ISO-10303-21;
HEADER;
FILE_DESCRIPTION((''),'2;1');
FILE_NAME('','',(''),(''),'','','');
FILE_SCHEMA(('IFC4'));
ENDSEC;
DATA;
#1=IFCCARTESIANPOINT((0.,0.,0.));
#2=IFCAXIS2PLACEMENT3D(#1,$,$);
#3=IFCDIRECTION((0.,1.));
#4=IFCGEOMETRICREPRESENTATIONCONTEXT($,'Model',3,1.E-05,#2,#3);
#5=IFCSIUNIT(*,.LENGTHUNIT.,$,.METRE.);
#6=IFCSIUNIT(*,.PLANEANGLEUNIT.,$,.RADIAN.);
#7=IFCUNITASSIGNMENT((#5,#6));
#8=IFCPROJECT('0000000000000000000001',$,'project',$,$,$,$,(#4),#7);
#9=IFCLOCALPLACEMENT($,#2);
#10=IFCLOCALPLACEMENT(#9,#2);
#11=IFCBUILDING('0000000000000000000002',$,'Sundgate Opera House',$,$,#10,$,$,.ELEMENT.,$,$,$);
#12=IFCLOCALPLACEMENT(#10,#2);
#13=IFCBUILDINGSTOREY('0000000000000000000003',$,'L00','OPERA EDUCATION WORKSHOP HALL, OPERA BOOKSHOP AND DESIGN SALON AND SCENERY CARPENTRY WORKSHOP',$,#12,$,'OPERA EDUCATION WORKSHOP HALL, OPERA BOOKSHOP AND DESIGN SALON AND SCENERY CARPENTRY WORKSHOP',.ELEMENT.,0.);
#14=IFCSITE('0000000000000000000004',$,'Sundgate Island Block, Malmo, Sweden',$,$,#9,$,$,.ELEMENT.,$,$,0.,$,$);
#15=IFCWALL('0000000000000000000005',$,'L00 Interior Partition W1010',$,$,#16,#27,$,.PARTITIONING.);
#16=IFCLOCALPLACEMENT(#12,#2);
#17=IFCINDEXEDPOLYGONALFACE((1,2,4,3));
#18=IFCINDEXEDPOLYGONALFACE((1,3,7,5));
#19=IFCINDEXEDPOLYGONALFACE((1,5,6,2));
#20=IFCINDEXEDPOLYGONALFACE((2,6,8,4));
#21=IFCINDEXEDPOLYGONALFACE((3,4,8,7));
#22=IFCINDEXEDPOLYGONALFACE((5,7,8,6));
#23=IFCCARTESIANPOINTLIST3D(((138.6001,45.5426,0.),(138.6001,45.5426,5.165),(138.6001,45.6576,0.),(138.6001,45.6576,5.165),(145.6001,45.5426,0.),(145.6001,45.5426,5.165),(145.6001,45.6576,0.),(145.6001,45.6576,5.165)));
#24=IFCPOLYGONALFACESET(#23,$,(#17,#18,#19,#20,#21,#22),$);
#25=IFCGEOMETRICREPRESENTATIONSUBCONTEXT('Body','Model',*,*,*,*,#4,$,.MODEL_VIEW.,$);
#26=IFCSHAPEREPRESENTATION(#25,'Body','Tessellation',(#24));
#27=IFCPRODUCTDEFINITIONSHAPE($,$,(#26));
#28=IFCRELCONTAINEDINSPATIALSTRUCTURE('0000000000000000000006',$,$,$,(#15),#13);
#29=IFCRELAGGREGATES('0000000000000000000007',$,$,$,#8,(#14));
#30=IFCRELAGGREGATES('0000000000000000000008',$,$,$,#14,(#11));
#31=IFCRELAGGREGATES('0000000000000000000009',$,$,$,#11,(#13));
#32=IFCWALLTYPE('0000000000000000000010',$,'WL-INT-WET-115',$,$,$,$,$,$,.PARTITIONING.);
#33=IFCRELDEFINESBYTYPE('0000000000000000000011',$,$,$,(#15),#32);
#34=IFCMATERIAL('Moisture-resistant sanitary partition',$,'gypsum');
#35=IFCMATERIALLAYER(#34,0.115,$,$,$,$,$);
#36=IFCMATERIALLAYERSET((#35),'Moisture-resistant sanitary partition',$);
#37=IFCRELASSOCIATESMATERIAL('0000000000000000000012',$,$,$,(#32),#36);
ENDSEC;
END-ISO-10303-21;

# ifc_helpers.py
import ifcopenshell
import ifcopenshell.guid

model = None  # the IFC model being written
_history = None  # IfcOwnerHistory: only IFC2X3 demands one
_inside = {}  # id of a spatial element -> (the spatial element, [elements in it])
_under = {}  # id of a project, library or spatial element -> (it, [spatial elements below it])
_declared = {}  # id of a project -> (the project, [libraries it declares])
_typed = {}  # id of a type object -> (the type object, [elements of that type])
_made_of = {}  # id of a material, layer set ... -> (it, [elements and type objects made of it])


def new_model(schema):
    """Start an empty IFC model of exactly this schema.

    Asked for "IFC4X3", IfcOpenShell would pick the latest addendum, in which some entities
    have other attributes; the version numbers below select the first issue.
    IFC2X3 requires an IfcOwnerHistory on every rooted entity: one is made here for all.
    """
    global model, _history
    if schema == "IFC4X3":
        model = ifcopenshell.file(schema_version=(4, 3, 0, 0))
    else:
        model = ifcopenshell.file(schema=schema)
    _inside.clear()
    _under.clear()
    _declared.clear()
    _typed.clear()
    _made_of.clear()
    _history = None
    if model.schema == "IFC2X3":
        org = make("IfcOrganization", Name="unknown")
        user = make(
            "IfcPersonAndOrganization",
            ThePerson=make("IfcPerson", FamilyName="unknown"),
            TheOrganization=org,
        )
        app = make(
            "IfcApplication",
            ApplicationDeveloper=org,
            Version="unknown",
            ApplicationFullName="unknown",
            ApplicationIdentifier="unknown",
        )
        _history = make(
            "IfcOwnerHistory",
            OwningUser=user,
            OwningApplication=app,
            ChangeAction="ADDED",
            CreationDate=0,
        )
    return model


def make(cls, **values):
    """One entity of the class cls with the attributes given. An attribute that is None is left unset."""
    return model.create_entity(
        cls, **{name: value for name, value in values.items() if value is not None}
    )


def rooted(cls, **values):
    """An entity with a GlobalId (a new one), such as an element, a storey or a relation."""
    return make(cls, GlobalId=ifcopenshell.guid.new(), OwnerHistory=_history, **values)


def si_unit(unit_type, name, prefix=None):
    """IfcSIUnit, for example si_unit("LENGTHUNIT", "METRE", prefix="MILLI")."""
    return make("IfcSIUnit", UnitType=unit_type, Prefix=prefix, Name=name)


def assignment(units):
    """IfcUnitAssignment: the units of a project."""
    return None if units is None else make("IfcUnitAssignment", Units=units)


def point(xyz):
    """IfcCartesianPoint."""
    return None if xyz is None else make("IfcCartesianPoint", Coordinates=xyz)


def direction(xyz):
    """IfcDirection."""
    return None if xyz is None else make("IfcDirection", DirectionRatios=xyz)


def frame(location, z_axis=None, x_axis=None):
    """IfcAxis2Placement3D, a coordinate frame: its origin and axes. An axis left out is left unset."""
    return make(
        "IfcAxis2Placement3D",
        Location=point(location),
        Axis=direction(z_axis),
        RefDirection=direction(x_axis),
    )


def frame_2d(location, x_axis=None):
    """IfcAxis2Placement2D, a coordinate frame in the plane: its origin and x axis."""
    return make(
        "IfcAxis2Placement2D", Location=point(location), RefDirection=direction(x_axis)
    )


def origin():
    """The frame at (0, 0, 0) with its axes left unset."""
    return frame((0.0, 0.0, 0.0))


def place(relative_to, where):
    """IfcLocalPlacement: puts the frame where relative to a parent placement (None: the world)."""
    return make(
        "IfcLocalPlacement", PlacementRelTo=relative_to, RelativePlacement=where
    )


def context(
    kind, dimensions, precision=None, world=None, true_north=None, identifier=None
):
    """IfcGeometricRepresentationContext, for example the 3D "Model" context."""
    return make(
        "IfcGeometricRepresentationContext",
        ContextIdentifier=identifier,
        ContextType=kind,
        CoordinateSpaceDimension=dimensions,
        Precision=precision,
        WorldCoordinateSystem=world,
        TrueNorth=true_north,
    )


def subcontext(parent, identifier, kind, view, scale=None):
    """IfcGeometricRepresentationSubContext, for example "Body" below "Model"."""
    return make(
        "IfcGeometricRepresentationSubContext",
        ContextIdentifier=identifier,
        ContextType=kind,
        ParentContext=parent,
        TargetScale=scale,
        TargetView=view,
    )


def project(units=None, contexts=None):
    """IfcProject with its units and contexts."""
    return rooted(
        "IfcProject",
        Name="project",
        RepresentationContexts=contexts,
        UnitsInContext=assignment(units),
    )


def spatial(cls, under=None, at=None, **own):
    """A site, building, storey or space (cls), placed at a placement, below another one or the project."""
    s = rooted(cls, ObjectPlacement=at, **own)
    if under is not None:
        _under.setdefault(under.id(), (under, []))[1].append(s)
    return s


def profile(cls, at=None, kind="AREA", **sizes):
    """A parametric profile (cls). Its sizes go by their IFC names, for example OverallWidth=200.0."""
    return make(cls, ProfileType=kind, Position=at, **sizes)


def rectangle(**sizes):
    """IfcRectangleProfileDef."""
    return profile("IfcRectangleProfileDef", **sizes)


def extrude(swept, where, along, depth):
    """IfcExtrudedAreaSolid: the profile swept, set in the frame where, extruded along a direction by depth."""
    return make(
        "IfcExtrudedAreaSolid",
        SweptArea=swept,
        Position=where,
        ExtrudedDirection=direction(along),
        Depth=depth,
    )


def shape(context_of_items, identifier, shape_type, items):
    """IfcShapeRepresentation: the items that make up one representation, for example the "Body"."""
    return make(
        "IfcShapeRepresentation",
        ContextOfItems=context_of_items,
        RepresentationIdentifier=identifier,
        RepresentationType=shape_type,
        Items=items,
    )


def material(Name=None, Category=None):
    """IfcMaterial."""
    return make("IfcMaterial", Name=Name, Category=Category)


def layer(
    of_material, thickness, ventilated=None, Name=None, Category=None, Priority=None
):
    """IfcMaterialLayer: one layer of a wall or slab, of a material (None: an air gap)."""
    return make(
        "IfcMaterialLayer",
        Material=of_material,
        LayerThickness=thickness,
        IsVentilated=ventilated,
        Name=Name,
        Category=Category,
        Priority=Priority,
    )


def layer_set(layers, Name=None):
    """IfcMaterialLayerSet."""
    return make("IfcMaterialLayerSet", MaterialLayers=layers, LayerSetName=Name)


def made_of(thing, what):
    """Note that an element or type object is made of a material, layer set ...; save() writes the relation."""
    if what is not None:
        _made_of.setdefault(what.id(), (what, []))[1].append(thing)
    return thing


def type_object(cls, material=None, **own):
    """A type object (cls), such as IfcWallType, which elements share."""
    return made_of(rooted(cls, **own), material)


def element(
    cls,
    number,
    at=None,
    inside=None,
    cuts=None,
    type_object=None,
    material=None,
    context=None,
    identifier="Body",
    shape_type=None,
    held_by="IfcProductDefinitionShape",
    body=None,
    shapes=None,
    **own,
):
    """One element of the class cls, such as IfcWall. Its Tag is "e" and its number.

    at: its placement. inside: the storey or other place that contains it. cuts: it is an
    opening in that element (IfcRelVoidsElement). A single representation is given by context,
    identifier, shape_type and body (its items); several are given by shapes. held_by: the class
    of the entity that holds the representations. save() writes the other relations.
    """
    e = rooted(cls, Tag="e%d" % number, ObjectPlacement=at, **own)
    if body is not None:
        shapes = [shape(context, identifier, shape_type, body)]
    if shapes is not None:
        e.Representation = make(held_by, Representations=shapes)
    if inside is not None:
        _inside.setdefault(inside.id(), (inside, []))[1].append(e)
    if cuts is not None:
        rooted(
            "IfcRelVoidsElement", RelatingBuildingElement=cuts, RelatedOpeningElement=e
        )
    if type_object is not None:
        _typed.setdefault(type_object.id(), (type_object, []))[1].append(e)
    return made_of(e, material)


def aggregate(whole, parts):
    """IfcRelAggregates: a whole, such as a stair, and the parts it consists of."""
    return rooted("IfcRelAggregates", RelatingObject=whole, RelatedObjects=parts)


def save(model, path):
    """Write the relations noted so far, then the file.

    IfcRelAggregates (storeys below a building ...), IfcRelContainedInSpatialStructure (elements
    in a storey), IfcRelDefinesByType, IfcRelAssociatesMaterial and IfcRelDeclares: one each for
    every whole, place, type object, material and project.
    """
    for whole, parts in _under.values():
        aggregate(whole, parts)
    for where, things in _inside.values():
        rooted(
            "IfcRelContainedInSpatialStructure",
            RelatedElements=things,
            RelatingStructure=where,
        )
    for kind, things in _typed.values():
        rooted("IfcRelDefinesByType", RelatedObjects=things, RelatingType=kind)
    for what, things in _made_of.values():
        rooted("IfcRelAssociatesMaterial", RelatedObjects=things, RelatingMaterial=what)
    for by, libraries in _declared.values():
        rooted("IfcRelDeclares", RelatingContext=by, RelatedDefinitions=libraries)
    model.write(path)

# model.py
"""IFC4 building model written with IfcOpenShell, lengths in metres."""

from ifc_helpers import new_model, si_unit, direction, frame, frame_2d, origin, place, context, subcontext, project, spatial, rectangle, extrude, material, layer, layer_set, type_object, element, save


model = new_model("IFC4")

# Units and contexts
model_context = context("Model", 3, precision=1e-05, world=origin(), true_north=direction((0.0, 1.0)))
body_context = subcontext(model_context, "Body", "Model", "MODEL_VIEW")
ifc_project = project(units=[si_unit("LENGTHUNIT", "METRE"), si_unit("PLANEANGLEUNIT", "RADIAN")], contexts=[model_context])

# Site, building, storey
site_placement = place(None, origin())
site = spatial("IfcSite", under=ifc_project, at=site_placement, Name="Sundgate Island Block, Malmo, Sweden", CompositionType="ELEMENT", RefElevation=0.0)
building_placement = place(site_placement, origin())
building = spatial("IfcBuilding", under=site, at=building_placement, Name="Sundgate Opera House", CompositionType="ELEMENT")
storey_placement = place(building_placement, origin())
storey = spatial("IfcBuildingStorey", under=building, at=storey_placement, Name="L00", Description="OPERA EDUCATION WORKSHOP HALL, OPERA BOOKSHOP AND DESIGN SALON AND SCENERY CARPENTRY WORKSHOP", LongName="OPERA EDUCATION WORKSHOP HALL, OPERA BOOKSHOP AND DESIGN SALON AND SCENERY CARPENTRY WORKSHOP", CompositionType="ELEMENT", Elevation=0.0)

# Wall
ifc_material_1 = material(Name="Moisture-resistant sanitary partition", Category="gypsum")
ifc_layer_1 = layer(ifc_material_1, 0.115)
ifc_layer_set_1 = layer_set([ifc_layer_1], Name="Moisture-resistant sanitary partition")
wall_type = type_object("IfcWallType", Name="WL-INT-WET-115", PredefinedType="PARTITIONING", material=ifc_layer_set_1)
wall_placement = place(storey_placement, frame((138.6001, 45.6001, 0.0), z_axis=(0.0, 0.0, 1.0), x_axis=(1.0, 0.0, 0.0)))
element("IfcWall", 1, at=wall_placement, inside=storey, type_object=wall_type, Name="L00 Interior Partition W1010", PredefinedType="PARTITIONING", context=body_context, shape_type="SweptSolid", body=[
    extrude(rectangle(XDim=7.0, YDim=0.115, at=frame_2d((3.5, 0.0))), origin(), (0.0, 0.0, 1.0), 5.165),
])

save(model, "model.ifc")
